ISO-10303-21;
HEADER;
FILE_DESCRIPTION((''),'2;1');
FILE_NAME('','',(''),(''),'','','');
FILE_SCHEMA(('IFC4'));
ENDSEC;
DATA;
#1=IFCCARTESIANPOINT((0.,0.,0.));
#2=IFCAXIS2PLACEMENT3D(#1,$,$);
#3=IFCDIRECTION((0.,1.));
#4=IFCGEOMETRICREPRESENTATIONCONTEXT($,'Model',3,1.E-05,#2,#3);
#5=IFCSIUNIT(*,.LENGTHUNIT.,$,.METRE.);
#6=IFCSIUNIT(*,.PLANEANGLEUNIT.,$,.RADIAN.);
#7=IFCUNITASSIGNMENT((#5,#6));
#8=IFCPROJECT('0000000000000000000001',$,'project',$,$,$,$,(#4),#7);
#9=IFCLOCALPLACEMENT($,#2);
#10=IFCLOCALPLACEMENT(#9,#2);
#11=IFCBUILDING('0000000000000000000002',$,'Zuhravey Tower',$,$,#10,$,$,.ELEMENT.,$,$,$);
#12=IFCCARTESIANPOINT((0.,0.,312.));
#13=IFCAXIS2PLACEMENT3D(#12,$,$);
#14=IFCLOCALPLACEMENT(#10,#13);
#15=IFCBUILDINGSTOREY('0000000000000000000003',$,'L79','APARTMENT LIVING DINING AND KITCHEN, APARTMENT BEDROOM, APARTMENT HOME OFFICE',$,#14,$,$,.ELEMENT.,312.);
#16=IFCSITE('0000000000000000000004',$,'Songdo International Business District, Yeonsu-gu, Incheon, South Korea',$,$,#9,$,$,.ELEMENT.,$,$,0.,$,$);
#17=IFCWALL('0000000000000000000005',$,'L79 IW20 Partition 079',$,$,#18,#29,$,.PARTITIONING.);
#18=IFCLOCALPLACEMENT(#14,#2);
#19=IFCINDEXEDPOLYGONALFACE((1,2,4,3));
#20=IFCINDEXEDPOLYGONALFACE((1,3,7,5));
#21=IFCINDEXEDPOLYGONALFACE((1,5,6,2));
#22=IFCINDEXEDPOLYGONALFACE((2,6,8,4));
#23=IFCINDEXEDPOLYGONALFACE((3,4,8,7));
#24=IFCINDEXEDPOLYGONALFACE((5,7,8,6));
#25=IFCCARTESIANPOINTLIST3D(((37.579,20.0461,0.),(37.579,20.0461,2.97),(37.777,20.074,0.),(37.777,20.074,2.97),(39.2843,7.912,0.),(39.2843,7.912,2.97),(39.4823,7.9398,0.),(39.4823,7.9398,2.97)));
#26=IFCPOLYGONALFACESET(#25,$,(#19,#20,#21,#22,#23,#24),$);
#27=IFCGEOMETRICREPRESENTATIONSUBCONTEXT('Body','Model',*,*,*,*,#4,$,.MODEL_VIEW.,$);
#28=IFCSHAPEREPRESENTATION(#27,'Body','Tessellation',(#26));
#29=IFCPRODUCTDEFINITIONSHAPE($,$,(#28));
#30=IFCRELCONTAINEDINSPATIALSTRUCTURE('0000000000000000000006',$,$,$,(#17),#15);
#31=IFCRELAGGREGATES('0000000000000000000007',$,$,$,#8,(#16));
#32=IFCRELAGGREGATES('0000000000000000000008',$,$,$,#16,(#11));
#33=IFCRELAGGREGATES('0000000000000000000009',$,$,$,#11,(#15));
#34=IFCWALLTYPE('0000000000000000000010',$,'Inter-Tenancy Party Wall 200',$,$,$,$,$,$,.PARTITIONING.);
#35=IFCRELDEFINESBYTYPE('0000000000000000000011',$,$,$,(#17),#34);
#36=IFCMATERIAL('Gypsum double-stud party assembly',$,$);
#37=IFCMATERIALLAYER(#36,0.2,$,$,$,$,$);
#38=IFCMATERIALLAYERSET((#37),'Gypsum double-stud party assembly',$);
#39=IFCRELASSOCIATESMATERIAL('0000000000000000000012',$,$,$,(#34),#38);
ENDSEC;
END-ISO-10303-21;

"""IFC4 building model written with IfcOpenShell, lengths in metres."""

from ifc_helpers import new_model, si_unit, direction, frame, frame_2d, origin, place, context, subcontext, project, spatial, rectangle, extrude, material, layer, layer_set, type_object, element, save


model = new_model("IFC4")

# Units and contexts
model_context = context("Model", 3, precision=1e-05, world=origin(), true_north=direction((0.0, 1.0)))
body_context = subcontext(model_context, "Body", "Model", "MODEL_VIEW")
ifc_project = project(units=[si_unit("LENGTHUNIT", "METRE"), si_unit("PLANEANGLEUNIT", "RADIAN")], contexts=[model_context])

# Site, building, storey
site_placement = place(None, origin())
site = spatial("IfcSite", under=ifc_project, at=site_placement, Name="Songdo International Business District, Yeonsu-gu, Incheon, South Korea", CompositionType="ELEMENT", RefElevation=0.0)
building_placement = place(site_placement, origin())
building = spatial("IfcBuilding", under=site, at=building_placement, Name="Zuhravey Tower", CompositionType="ELEMENT")
storey_placement = place(building_placement, frame((0.0, 0.0, 312.0)))
storey = spatial("IfcBuildingStorey", under=building, at=storey_placement, Name="L79", Description="APARTMENT LIVING DINING AND KITCHEN, APARTMENT BEDROOM, APARTMENT HOME OFFICE", CompositionType="ELEMENT", Elevation=312.0)

# Wall
ifc_material_1 = material(Name="Gypsum double-stud party assembly")
ifc_layer_1 = layer(ifc_material_1, 0.2)
ifc_layer_set_1 = layer_set([ifc_layer_1], Name="Gypsum double-stud party assembly")
wall_type_1 = type_object("IfcWallType", Name="Inter-Tenancy Party Wall 200", PredefinedType="PARTITIONING", material=ifc_layer_set_1)
wall_1_placement = place(storey_placement, frame((37.678, 20.0601, 0.0), z_axis=(0.0, 0.0, 1.0), x_axis=(0.13917, -0.990269, 0.0)))
element("IfcWall", 1, at=wall_1_placement, inside=storey, type_object=wall_type_1, Name="L79 IW20 Partition 079", PredefinedType="PARTITIONING", context=body_context, shape_type="SweptSolid", body=[
    extrude(rectangle(XDim=12.2534, YDim=0.2, at=frame_2d((6.1267, 0.0))), origin(), (0.0, 0.0, 1.0), 2.97),
])

save(model, "model.ifc")
